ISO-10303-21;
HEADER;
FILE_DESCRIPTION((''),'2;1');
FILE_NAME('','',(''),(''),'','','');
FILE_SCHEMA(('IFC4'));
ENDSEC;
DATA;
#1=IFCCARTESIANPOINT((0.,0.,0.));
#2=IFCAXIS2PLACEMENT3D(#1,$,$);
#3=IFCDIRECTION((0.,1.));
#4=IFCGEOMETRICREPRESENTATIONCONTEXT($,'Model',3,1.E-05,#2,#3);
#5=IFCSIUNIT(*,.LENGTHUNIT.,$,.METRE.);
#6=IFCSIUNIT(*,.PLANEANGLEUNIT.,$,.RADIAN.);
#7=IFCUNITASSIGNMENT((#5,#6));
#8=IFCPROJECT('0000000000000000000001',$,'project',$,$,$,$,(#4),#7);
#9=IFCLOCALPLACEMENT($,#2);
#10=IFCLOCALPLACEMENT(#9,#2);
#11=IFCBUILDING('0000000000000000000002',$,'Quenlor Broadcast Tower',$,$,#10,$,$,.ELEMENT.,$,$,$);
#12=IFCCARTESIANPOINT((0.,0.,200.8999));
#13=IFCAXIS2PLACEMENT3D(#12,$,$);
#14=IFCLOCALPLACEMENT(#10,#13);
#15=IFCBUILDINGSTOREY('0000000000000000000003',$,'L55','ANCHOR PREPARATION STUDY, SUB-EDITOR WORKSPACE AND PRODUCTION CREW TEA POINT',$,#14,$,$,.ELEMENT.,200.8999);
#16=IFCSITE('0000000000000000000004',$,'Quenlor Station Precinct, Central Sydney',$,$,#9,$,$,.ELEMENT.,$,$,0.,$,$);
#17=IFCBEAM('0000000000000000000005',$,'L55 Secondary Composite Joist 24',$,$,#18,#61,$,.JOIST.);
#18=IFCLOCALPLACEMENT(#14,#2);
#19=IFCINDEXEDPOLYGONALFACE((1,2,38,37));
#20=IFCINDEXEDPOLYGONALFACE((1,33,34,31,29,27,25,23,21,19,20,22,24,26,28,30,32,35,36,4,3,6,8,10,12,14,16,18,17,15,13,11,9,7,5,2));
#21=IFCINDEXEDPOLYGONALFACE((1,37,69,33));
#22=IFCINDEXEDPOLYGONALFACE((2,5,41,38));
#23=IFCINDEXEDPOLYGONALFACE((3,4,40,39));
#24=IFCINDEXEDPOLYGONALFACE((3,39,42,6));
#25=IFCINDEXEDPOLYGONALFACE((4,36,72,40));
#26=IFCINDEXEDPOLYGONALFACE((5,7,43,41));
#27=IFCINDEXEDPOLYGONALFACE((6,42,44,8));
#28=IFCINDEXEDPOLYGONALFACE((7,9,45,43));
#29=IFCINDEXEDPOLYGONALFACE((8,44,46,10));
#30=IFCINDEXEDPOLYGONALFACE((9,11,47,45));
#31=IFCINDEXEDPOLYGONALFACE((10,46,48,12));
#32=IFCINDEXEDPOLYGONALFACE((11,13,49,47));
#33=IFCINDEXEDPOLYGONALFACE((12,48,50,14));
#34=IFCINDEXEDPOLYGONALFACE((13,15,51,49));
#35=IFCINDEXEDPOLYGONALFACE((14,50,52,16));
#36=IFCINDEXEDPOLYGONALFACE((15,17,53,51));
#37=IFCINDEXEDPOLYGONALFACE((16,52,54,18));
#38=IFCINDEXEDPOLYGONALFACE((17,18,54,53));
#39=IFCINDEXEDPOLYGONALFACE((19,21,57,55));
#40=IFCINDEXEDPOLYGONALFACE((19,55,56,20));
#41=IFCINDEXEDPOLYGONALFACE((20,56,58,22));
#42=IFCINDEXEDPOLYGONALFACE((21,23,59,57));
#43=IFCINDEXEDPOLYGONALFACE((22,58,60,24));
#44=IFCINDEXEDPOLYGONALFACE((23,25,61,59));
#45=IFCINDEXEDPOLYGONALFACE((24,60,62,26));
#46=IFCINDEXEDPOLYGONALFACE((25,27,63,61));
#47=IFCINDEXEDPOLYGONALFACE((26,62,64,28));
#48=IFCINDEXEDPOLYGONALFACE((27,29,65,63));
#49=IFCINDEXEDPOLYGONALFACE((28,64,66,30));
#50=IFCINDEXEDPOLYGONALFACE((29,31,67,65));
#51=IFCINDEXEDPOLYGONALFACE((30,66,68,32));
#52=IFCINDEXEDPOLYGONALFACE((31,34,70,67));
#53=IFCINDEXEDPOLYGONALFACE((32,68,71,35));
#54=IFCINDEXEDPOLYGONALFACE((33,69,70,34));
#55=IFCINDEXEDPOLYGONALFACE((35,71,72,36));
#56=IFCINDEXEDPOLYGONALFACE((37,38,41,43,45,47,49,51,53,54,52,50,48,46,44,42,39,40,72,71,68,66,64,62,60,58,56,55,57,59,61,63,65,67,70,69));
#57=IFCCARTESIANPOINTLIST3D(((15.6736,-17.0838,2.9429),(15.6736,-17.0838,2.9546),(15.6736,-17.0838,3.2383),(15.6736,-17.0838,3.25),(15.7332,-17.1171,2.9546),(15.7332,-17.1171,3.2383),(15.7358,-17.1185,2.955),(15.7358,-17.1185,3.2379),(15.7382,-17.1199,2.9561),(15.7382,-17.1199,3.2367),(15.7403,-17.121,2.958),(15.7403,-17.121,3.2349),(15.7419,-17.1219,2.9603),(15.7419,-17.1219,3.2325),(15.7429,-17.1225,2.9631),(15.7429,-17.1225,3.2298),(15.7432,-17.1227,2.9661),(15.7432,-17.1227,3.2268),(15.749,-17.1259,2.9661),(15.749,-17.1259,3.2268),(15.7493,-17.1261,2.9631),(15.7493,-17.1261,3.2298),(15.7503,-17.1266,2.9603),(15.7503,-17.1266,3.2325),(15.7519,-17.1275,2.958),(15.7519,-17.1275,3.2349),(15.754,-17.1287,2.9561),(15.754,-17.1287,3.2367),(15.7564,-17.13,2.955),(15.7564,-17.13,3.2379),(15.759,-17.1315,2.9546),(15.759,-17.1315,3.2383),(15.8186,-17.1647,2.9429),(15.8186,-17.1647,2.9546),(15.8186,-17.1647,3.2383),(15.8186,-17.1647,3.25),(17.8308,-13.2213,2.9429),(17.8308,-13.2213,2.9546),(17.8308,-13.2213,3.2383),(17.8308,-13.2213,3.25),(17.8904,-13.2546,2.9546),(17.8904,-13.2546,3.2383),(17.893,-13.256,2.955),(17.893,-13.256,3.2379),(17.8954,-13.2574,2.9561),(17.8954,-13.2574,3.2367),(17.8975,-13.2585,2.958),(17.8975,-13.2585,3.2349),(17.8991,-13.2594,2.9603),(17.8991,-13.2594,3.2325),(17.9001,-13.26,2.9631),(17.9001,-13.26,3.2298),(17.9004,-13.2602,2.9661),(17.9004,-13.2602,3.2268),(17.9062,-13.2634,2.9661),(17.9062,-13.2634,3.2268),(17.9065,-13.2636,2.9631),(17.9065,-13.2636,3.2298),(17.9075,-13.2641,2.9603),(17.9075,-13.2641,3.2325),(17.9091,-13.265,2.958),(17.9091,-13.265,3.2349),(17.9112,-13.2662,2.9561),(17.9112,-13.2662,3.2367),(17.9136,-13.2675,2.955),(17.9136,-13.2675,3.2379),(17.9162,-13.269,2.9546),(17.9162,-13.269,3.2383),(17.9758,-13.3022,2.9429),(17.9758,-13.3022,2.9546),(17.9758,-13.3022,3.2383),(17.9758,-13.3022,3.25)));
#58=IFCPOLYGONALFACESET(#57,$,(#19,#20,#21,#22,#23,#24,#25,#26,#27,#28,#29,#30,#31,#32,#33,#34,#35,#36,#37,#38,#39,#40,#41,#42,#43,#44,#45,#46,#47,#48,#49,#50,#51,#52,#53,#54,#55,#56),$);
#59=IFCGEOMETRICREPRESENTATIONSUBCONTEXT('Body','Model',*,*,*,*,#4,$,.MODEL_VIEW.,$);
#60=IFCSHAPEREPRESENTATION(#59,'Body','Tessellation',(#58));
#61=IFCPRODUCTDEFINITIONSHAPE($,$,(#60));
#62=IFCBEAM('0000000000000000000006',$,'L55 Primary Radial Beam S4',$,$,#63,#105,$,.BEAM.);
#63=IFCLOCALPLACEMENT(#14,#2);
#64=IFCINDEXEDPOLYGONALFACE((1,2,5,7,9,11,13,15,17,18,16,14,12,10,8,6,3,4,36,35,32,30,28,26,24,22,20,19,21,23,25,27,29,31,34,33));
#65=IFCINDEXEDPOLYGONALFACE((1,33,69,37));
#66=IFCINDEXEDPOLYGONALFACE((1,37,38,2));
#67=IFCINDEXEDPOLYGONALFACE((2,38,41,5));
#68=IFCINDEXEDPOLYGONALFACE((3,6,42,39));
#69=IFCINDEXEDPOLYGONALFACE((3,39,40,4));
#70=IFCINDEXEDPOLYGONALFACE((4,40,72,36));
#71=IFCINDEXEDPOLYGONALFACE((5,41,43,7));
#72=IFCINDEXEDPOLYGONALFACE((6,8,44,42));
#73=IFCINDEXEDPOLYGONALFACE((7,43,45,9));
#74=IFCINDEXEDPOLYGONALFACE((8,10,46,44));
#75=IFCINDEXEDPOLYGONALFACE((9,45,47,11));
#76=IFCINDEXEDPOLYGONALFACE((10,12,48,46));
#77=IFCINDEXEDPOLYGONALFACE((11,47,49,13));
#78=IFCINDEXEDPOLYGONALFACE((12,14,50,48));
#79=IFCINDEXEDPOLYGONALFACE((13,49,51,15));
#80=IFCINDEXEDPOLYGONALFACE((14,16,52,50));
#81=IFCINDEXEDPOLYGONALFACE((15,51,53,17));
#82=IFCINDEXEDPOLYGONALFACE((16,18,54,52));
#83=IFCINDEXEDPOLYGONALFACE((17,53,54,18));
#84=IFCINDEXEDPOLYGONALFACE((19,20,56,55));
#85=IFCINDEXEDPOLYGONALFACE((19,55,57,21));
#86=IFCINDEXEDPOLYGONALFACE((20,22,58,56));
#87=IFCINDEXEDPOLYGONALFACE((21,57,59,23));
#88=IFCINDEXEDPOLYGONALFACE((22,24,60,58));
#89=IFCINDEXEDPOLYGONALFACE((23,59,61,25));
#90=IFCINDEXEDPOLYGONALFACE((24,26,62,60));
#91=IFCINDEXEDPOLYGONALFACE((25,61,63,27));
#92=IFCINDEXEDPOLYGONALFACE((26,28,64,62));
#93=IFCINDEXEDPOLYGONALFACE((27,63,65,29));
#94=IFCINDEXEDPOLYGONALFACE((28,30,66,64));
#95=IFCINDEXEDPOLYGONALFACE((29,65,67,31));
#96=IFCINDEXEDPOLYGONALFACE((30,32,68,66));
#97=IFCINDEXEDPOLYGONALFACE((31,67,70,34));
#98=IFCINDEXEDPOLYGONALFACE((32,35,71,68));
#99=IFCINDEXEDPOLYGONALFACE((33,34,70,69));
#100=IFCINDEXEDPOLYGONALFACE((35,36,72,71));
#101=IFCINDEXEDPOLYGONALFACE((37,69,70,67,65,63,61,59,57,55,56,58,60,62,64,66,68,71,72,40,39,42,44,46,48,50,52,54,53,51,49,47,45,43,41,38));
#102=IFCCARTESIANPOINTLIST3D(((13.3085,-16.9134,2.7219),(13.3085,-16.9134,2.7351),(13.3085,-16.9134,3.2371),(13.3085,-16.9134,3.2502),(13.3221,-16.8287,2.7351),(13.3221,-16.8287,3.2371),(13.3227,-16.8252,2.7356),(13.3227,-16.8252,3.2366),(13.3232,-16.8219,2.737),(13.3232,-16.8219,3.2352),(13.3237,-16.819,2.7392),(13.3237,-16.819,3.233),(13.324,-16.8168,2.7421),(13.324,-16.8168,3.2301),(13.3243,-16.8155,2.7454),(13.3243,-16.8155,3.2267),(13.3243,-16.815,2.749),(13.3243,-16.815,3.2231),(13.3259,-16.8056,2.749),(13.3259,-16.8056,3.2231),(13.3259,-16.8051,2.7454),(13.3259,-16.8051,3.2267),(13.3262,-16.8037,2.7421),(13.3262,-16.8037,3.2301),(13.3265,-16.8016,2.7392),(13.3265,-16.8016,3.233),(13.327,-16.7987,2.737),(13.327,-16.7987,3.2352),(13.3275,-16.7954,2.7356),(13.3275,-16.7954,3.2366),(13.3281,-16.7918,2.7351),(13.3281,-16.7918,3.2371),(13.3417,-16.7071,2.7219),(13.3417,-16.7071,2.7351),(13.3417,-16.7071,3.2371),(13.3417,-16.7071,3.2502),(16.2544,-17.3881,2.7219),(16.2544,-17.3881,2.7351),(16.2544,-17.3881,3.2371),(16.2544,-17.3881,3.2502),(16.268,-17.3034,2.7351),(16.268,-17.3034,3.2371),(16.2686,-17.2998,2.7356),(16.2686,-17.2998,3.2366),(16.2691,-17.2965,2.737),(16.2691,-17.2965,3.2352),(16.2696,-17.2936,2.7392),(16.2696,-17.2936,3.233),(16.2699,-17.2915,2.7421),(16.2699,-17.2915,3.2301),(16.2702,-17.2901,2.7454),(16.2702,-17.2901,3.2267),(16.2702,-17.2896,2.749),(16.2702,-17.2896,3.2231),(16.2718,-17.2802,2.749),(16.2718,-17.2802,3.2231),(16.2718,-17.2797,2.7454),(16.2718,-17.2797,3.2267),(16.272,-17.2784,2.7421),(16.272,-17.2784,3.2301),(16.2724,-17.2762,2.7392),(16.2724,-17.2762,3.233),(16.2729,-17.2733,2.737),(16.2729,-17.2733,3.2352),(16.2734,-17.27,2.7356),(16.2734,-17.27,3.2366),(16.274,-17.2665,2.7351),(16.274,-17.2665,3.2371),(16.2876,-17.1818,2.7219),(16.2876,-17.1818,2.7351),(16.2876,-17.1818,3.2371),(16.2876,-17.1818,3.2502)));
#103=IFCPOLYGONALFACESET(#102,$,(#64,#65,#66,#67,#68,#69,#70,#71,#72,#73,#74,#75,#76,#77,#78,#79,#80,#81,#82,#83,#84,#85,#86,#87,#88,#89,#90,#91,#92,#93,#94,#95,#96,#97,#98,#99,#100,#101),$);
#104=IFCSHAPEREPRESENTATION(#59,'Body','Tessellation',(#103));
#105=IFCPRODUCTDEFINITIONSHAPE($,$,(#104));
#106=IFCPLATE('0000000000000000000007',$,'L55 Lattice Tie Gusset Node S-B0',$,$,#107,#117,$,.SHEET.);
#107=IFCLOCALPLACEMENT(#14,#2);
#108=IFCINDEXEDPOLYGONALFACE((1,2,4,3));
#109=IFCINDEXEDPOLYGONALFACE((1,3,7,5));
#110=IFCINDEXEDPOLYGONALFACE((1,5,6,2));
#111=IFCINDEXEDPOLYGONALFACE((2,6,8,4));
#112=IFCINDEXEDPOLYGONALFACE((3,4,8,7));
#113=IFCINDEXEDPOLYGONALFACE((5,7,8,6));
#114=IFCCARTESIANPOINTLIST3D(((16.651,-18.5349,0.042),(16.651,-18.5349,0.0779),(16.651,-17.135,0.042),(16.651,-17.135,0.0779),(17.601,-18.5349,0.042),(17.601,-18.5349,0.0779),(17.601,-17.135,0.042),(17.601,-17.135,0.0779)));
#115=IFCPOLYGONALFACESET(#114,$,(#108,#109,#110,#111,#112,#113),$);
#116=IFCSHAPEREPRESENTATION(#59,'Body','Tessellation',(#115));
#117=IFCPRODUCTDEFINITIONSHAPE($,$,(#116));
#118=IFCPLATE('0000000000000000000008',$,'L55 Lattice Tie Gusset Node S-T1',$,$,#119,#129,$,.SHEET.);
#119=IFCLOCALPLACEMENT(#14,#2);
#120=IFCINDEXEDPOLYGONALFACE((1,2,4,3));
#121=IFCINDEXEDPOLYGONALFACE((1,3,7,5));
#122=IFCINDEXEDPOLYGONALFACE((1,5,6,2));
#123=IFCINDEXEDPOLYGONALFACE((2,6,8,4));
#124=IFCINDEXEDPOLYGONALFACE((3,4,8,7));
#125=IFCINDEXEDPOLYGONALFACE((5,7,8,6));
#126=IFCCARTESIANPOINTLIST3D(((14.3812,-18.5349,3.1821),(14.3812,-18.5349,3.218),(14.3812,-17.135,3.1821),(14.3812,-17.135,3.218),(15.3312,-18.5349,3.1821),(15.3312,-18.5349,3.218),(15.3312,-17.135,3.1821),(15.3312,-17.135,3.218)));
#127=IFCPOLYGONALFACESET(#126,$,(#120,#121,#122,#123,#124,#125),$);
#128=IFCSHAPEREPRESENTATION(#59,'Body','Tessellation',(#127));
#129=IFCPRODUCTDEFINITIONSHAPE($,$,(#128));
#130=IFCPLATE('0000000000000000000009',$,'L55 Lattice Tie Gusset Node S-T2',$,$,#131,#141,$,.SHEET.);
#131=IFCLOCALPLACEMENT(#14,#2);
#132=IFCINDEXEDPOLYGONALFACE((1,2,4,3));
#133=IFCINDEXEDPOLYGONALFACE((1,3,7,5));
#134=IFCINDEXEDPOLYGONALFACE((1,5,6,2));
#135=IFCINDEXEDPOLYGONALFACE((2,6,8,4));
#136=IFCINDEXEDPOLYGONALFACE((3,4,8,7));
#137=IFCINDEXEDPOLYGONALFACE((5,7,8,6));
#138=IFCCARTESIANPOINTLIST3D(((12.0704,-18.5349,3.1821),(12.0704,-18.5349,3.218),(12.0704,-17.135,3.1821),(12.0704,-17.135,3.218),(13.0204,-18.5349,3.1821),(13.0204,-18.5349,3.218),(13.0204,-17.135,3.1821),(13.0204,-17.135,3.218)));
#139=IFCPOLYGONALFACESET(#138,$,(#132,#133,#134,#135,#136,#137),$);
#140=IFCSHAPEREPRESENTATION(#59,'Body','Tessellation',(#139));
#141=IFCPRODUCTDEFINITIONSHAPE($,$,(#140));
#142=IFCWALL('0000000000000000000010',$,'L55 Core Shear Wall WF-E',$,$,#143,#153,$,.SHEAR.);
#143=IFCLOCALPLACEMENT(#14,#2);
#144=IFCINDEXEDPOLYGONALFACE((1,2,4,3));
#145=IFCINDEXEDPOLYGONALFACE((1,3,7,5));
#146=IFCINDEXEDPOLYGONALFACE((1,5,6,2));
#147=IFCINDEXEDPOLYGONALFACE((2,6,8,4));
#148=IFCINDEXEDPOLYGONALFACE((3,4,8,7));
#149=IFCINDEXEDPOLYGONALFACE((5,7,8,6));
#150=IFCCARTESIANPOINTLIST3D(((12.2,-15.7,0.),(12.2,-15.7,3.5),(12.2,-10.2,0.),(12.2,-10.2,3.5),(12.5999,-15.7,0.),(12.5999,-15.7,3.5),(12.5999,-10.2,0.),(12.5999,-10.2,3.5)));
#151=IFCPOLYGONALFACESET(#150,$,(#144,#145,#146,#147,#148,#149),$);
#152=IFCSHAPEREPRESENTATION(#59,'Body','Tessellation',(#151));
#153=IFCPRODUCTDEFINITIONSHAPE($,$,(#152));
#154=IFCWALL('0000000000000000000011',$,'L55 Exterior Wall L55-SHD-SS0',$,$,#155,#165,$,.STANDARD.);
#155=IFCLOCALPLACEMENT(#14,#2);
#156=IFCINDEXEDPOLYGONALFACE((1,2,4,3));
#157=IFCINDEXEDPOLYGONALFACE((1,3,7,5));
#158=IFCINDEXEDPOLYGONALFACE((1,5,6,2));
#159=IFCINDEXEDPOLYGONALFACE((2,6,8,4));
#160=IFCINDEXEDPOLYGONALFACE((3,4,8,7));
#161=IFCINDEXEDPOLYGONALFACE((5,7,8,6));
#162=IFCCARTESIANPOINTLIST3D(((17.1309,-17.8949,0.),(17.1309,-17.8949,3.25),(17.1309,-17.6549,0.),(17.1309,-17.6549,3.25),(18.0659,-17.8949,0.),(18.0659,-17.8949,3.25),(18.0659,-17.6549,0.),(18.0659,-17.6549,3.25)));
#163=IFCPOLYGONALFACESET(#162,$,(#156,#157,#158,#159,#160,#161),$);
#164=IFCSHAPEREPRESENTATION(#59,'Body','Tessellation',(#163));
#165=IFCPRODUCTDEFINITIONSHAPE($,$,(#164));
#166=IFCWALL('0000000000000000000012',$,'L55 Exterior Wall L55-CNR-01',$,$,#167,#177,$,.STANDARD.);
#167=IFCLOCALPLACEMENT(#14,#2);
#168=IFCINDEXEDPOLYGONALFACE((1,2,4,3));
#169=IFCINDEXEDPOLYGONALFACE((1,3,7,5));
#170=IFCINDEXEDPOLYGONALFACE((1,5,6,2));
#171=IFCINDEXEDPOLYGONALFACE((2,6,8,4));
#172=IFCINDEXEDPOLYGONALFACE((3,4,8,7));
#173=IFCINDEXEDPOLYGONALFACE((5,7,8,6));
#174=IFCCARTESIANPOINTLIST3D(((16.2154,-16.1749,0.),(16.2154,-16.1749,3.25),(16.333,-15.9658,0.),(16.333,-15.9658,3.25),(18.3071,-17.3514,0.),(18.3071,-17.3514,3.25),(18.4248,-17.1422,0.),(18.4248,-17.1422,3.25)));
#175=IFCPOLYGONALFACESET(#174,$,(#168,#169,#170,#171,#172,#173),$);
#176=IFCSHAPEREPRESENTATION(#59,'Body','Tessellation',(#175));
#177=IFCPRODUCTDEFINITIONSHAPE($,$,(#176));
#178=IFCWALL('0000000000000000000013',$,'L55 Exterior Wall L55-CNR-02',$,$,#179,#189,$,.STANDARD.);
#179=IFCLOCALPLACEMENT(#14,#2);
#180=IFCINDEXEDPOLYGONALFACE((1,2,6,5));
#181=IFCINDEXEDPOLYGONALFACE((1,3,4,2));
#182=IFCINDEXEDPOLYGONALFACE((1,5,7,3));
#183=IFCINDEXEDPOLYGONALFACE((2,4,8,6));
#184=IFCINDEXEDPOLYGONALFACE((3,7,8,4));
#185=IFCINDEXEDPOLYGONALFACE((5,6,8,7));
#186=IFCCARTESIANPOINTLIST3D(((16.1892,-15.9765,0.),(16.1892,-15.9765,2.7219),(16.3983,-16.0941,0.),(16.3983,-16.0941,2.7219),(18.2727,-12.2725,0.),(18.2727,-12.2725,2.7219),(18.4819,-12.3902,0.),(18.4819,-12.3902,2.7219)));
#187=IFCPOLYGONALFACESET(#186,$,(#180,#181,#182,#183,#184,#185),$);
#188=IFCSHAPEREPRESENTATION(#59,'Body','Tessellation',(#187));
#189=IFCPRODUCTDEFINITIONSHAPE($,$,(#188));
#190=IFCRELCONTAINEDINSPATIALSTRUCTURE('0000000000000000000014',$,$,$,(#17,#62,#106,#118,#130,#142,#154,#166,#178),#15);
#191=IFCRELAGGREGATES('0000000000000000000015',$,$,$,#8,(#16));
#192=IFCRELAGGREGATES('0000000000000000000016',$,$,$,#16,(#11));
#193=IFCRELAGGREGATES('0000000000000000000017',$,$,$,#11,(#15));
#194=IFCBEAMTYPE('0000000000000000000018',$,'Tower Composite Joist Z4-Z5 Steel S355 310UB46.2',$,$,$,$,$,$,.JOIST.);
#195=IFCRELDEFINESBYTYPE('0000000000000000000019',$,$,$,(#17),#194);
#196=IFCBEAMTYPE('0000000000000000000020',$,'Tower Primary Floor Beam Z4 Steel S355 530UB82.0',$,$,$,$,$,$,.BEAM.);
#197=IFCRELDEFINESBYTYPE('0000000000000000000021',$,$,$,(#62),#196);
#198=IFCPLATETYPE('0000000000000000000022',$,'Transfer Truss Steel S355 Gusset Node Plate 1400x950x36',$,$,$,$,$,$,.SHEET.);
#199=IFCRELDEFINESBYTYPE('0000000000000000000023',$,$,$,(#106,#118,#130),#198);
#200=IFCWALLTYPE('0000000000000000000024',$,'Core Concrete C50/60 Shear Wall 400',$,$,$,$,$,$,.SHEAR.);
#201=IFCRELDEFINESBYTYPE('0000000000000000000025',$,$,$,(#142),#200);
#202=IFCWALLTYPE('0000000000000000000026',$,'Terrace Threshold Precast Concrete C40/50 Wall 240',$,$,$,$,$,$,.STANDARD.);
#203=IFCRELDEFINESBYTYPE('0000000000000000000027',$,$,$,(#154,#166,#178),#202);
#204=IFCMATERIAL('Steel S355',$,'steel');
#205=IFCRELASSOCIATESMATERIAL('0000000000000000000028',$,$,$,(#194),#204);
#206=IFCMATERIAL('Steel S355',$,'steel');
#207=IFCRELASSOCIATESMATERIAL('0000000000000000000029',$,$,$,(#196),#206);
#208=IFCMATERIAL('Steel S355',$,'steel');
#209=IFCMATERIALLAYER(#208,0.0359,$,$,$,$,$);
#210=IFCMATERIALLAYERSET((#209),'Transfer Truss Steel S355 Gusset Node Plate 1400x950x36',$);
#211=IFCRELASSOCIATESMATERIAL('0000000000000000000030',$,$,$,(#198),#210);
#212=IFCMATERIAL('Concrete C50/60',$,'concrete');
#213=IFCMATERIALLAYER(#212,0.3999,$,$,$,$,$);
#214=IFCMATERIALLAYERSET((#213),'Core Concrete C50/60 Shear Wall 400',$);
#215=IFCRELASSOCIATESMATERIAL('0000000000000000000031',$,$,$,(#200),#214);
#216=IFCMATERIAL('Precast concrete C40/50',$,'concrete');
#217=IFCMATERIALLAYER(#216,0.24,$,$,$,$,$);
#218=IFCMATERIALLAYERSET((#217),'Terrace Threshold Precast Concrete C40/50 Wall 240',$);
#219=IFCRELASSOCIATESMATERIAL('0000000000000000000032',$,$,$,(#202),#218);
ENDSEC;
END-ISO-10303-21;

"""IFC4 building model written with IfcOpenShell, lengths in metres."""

from ifc_helpers import new_model, si_unit, direction, frame, frame_2d, origin, origin_2d, place, context, subcontext, project, spatial, rectangle, i_section, extrude, material, layer, layer_set, material_profile, profile_set, type_object, element, save


model = new_model("IFC4")

# Units and contexts
model_context = context("Model", 3, precision=1e-05, world=origin(), true_north=direction((0.0, 1.0)))
body_context = subcontext(model_context, "Body", "Model", "MODEL_VIEW")
ifc_project = project(units=[si_unit("LENGTHUNIT", "METRE"), si_unit("PLANEANGLEUNIT", "RADIAN")], contexts=[model_context])

# Site, building, storey
site_placement = place(None, origin())
site = spatial("IfcSite", under=ifc_project, at=site_placement, Name="Quenlor Station Precinct, Central Sydney", CompositionType="ELEMENT", RefElevation=0.0)
building_placement = place(site_placement, origin())
building = spatial("IfcBuilding", under=site, at=building_placement, Name="Quenlor Broadcast Tower", CompositionType="ELEMENT")
storey_placement = place(building_placement, frame((0.0, 0.0, 200.8999)))
storey = spatial("IfcBuildingStorey", under=building, at=storey_placement, Name="L55", Description="ANCHOR PREPARATION STUDY, SUB-EDITOR WORKSPACE AND PRODUCTION CREW TEA POINT", CompositionType="ELEMENT", Elevation=200.8999)

# Beams
ifc_material_1 = material(Name="Steel S355", Category="steel")
ifc_material_profile_1 = material_profile(ifc_material_1, i_section(OverallWidth=0.166, OverallDepth=0.3071, WebThickness=0.0066, FlangeThickness=0.0117, FilletRadius=0.0115, at=origin_2d()))
ifc_profile_set_1 = profile_set([ifc_material_profile_1], Name="Steel S355 310UB46.2")
beam_type_1 = type_object("IfcBeamType", Name="Tower Composite Joist Z4-Z5 Steel S355 310UB46.2", PredefinedType="JOIST", material=ifc_profile_set_1)
beam_1_placement = place(storey_placement, frame((15.7461, -17.1243, 3.0964), z_axis=(0.487605, 0.873064, 0.0), x_axis=(-0.873064, 0.487605, 0.0)))
element("IfcBeam", 1, at=beam_1_placement, inside=storey, type_object=beam_type_1, Name="L55 Secondary Composite Joist 24", PredefinedType="JOIST", context=body_context, shape_type="SweptSolid", body=[
    extrude(i_section(OverallWidth=0.166, OverallDepth=0.3071, WebThickness=0.0066, FlangeThickness=0.0117, FilletRadius=0.0115, at=origin_2d()), origin(), (0.0, 0.0, 1.0), 4.4241),
])
ifc_material_2 = material(Name="Steel S355", Category="steel")
ifc_material_profile_2 = material_profile(ifc_material_2, i_section(OverallWidth=0.209, OverallDepth=0.5283, WebThickness=0.0095, FlangeThickness=0.0132, FilletRadius=0.0139, at=origin_2d()))
ifc_profile_set_2 = profile_set([ifc_material_profile_2], Name="Steel S355 530UB82.0")
beam_type_2 = type_object("IfcBeamType", Name="Tower Primary Floor Beam Z4 Steel S355 530UB82.0", PredefinedType="BEAM", material=ifc_profile_set_2)
beam_2_placement = place(storey_placement, frame((16.271, -17.2849, 2.9861), z_axis=(-0.987268, 0.159063, 0.0), x_axis=(-0.159063, -0.987268, 0.0)))
element("IfcBeam", 2, at=beam_2_placement, inside=storey, type_object=beam_type_2, Name="L55 Primary Radial Beam S4", PredefinedType="BEAM", context=body_context, shape_type="SweptSolid", body=[
    extrude(i_section(OverallWidth=0.209, OverallDepth=0.5283, WebThickness=0.0095, FlangeThickness=0.0132, FilletRadius=0.0139, at=origin_2d()), origin(), (0.0, 0.0, 1.0), 2.9839),
])

# Plates
ifc_material_3 = material(Name="Steel S355", Category="steel")
ifc_layer_1 = layer(ifc_material_3, 0.0359)
ifc_layer_set_1 = layer_set([ifc_layer_1], Name="Transfer Truss Steel S355 Gusset Node Plate 1400x950x36")
plate_type = type_object("IfcPlateType", Name="Transfer Truss Steel S355 Gusset Node Plate 1400x950x36", PredefinedType="SHEET", material=ifc_layer_set_1)
for number, where, z_axis, x_axis, name in (
    (3, (17.126, -17.835, 0.042), (0.0, 0.0, 1.0), (0.0, -1.0, 0.0), "L55 Lattice Tie Gusset Node S-B0"),
    (4, (14.8562, -17.835, 3.1821), (0.0, 0.0, 1.0), (0.0, -1.0, 0.0), "L55 Lattice Tie Gusset Node S-T1"),
    (5, (12.5454, -17.835, 3.1821), (0.0, 0.0, 1.0), (0.0, -1.0, 0.0), "L55 Lattice Tie Gusset Node S-T2"),
):
    element("IfcPlate", number, at=place(storey_placement, frame(where, z_axis=z_axis, x_axis=x_axis)), inside=storey, type_object=plate_type, Name=name, PredefinedType="SHEET", context=body_context, shape_type="SweptSolid", body=[
        extrude(rectangle(XDim=1.3999, YDim=0.95, at=origin_2d()), origin(), (0.0, 0.0, 1.0), 0.0359),
    ])

# Walls
ifc_material_4 = material(Name="Concrete C50/60", Category="concrete")
ifc_layer_2 = layer(ifc_material_4, 0.3999)
ifc_layer_set_2 = layer_set([ifc_layer_2], Name="Core Concrete C50/60 Shear Wall 400")
wall_type_1 = type_object("IfcWallType", Name="Core Concrete C50/60 Shear Wall 400", PredefinedType="SHEAR", material=ifc_layer_set_2)
wall_1_placement = place(storey_placement, frame((12.3999, -15.7, 0.0), z_axis=(0.0, 0.0, 1.0), x_axis=(0.0, 1.0, 0.0)))
element("IfcWall", 6, at=wall_1_placement, inside=storey, type_object=wall_type_1, Name="L55 Core Shear Wall WF-E", PredefinedType="SHEAR", context=body_context, shape_type="SweptSolid", body=[
    extrude(rectangle(XDim=5.5, YDim=0.3999, at=frame_2d((2.75, 0.0))), origin(), (0.0, 0.0, 1.0), 3.5),
])
ifc_material_5 = material(Name="Precast concrete C40/50", Category="concrete")
ifc_layer_3 = layer(ifc_material_5, 0.24)
ifc_layer_set_3 = layer_set([ifc_layer_3], Name="Terrace Threshold Precast Concrete C40/50 Wall 240")
wall_type_2 = type_object("IfcWallType", Name="Terrace Threshold Precast Concrete C40/50 Wall 240", PredefinedType="STANDARD", material=ifc_layer_set_3)
wall_2_placement = place(storey_placement, frame((18.0659, -17.7749, 0.0), z_axis=(0.0, 0.0, 1.0), x_axis=(-1.0, 0.0, 0.0)))
element("IfcWall", 7, at=wall_2_placement, inside=storey, type_object=wall_type_2, Name="L55 Exterior Wall L55-SHD-SS0", PredefinedType="STANDARD", context=body_context, shape_type="SweptSolid", body=[
    extrude(rectangle(XDim=0.9351, YDim=0.24, at=frame_2d((0.4675, 0.0))), origin(), (0.0, 0.0, 1.0), 3.25),
])
wall_3_placement = place(storey_placement, frame((18.366, -17.2468, 0.0), z_axis=(0.0, 0.0, 1.0), x_axis=(-0.871597, 0.490223, 0.0)))
element("IfcWall", 8, at=wall_3_placement, inside=storey, type_object=wall_type_2, Name="L55 Exterior Wall L55-CNR-01", PredefinedType="STANDARD", context=body_context, shape_type="SweptSolid", body=[
    extrude(rectangle(XDim=2.3999, YDim=0.24, at=frame_2d((1.2, 0.0))), origin(), (0.0, 0.0, 1.0), 3.25),
])
wall_4_placement = place(storey_placement, frame((16.2937, -16.0354, 0.0), z_axis=(0.0, 0.0, 1.0), x_axis=(0.490275, 0.871568, 0.0)))
element("IfcWall", 9, at=wall_4_placement, inside=storey, type_object=wall_type_2, Name="L55 Exterior Wall L55-CNR-02", PredefinedType="STANDARD", context=body_context, shape_type="SweptSolid", body=[
    extrude(rectangle(XDim=4.2498, YDim=0.24, at=frame_2d((2.125, 0.0))), origin(), (0.0, 0.0, 1.0), 2.7219),
])

save(model, "model.ifc")
